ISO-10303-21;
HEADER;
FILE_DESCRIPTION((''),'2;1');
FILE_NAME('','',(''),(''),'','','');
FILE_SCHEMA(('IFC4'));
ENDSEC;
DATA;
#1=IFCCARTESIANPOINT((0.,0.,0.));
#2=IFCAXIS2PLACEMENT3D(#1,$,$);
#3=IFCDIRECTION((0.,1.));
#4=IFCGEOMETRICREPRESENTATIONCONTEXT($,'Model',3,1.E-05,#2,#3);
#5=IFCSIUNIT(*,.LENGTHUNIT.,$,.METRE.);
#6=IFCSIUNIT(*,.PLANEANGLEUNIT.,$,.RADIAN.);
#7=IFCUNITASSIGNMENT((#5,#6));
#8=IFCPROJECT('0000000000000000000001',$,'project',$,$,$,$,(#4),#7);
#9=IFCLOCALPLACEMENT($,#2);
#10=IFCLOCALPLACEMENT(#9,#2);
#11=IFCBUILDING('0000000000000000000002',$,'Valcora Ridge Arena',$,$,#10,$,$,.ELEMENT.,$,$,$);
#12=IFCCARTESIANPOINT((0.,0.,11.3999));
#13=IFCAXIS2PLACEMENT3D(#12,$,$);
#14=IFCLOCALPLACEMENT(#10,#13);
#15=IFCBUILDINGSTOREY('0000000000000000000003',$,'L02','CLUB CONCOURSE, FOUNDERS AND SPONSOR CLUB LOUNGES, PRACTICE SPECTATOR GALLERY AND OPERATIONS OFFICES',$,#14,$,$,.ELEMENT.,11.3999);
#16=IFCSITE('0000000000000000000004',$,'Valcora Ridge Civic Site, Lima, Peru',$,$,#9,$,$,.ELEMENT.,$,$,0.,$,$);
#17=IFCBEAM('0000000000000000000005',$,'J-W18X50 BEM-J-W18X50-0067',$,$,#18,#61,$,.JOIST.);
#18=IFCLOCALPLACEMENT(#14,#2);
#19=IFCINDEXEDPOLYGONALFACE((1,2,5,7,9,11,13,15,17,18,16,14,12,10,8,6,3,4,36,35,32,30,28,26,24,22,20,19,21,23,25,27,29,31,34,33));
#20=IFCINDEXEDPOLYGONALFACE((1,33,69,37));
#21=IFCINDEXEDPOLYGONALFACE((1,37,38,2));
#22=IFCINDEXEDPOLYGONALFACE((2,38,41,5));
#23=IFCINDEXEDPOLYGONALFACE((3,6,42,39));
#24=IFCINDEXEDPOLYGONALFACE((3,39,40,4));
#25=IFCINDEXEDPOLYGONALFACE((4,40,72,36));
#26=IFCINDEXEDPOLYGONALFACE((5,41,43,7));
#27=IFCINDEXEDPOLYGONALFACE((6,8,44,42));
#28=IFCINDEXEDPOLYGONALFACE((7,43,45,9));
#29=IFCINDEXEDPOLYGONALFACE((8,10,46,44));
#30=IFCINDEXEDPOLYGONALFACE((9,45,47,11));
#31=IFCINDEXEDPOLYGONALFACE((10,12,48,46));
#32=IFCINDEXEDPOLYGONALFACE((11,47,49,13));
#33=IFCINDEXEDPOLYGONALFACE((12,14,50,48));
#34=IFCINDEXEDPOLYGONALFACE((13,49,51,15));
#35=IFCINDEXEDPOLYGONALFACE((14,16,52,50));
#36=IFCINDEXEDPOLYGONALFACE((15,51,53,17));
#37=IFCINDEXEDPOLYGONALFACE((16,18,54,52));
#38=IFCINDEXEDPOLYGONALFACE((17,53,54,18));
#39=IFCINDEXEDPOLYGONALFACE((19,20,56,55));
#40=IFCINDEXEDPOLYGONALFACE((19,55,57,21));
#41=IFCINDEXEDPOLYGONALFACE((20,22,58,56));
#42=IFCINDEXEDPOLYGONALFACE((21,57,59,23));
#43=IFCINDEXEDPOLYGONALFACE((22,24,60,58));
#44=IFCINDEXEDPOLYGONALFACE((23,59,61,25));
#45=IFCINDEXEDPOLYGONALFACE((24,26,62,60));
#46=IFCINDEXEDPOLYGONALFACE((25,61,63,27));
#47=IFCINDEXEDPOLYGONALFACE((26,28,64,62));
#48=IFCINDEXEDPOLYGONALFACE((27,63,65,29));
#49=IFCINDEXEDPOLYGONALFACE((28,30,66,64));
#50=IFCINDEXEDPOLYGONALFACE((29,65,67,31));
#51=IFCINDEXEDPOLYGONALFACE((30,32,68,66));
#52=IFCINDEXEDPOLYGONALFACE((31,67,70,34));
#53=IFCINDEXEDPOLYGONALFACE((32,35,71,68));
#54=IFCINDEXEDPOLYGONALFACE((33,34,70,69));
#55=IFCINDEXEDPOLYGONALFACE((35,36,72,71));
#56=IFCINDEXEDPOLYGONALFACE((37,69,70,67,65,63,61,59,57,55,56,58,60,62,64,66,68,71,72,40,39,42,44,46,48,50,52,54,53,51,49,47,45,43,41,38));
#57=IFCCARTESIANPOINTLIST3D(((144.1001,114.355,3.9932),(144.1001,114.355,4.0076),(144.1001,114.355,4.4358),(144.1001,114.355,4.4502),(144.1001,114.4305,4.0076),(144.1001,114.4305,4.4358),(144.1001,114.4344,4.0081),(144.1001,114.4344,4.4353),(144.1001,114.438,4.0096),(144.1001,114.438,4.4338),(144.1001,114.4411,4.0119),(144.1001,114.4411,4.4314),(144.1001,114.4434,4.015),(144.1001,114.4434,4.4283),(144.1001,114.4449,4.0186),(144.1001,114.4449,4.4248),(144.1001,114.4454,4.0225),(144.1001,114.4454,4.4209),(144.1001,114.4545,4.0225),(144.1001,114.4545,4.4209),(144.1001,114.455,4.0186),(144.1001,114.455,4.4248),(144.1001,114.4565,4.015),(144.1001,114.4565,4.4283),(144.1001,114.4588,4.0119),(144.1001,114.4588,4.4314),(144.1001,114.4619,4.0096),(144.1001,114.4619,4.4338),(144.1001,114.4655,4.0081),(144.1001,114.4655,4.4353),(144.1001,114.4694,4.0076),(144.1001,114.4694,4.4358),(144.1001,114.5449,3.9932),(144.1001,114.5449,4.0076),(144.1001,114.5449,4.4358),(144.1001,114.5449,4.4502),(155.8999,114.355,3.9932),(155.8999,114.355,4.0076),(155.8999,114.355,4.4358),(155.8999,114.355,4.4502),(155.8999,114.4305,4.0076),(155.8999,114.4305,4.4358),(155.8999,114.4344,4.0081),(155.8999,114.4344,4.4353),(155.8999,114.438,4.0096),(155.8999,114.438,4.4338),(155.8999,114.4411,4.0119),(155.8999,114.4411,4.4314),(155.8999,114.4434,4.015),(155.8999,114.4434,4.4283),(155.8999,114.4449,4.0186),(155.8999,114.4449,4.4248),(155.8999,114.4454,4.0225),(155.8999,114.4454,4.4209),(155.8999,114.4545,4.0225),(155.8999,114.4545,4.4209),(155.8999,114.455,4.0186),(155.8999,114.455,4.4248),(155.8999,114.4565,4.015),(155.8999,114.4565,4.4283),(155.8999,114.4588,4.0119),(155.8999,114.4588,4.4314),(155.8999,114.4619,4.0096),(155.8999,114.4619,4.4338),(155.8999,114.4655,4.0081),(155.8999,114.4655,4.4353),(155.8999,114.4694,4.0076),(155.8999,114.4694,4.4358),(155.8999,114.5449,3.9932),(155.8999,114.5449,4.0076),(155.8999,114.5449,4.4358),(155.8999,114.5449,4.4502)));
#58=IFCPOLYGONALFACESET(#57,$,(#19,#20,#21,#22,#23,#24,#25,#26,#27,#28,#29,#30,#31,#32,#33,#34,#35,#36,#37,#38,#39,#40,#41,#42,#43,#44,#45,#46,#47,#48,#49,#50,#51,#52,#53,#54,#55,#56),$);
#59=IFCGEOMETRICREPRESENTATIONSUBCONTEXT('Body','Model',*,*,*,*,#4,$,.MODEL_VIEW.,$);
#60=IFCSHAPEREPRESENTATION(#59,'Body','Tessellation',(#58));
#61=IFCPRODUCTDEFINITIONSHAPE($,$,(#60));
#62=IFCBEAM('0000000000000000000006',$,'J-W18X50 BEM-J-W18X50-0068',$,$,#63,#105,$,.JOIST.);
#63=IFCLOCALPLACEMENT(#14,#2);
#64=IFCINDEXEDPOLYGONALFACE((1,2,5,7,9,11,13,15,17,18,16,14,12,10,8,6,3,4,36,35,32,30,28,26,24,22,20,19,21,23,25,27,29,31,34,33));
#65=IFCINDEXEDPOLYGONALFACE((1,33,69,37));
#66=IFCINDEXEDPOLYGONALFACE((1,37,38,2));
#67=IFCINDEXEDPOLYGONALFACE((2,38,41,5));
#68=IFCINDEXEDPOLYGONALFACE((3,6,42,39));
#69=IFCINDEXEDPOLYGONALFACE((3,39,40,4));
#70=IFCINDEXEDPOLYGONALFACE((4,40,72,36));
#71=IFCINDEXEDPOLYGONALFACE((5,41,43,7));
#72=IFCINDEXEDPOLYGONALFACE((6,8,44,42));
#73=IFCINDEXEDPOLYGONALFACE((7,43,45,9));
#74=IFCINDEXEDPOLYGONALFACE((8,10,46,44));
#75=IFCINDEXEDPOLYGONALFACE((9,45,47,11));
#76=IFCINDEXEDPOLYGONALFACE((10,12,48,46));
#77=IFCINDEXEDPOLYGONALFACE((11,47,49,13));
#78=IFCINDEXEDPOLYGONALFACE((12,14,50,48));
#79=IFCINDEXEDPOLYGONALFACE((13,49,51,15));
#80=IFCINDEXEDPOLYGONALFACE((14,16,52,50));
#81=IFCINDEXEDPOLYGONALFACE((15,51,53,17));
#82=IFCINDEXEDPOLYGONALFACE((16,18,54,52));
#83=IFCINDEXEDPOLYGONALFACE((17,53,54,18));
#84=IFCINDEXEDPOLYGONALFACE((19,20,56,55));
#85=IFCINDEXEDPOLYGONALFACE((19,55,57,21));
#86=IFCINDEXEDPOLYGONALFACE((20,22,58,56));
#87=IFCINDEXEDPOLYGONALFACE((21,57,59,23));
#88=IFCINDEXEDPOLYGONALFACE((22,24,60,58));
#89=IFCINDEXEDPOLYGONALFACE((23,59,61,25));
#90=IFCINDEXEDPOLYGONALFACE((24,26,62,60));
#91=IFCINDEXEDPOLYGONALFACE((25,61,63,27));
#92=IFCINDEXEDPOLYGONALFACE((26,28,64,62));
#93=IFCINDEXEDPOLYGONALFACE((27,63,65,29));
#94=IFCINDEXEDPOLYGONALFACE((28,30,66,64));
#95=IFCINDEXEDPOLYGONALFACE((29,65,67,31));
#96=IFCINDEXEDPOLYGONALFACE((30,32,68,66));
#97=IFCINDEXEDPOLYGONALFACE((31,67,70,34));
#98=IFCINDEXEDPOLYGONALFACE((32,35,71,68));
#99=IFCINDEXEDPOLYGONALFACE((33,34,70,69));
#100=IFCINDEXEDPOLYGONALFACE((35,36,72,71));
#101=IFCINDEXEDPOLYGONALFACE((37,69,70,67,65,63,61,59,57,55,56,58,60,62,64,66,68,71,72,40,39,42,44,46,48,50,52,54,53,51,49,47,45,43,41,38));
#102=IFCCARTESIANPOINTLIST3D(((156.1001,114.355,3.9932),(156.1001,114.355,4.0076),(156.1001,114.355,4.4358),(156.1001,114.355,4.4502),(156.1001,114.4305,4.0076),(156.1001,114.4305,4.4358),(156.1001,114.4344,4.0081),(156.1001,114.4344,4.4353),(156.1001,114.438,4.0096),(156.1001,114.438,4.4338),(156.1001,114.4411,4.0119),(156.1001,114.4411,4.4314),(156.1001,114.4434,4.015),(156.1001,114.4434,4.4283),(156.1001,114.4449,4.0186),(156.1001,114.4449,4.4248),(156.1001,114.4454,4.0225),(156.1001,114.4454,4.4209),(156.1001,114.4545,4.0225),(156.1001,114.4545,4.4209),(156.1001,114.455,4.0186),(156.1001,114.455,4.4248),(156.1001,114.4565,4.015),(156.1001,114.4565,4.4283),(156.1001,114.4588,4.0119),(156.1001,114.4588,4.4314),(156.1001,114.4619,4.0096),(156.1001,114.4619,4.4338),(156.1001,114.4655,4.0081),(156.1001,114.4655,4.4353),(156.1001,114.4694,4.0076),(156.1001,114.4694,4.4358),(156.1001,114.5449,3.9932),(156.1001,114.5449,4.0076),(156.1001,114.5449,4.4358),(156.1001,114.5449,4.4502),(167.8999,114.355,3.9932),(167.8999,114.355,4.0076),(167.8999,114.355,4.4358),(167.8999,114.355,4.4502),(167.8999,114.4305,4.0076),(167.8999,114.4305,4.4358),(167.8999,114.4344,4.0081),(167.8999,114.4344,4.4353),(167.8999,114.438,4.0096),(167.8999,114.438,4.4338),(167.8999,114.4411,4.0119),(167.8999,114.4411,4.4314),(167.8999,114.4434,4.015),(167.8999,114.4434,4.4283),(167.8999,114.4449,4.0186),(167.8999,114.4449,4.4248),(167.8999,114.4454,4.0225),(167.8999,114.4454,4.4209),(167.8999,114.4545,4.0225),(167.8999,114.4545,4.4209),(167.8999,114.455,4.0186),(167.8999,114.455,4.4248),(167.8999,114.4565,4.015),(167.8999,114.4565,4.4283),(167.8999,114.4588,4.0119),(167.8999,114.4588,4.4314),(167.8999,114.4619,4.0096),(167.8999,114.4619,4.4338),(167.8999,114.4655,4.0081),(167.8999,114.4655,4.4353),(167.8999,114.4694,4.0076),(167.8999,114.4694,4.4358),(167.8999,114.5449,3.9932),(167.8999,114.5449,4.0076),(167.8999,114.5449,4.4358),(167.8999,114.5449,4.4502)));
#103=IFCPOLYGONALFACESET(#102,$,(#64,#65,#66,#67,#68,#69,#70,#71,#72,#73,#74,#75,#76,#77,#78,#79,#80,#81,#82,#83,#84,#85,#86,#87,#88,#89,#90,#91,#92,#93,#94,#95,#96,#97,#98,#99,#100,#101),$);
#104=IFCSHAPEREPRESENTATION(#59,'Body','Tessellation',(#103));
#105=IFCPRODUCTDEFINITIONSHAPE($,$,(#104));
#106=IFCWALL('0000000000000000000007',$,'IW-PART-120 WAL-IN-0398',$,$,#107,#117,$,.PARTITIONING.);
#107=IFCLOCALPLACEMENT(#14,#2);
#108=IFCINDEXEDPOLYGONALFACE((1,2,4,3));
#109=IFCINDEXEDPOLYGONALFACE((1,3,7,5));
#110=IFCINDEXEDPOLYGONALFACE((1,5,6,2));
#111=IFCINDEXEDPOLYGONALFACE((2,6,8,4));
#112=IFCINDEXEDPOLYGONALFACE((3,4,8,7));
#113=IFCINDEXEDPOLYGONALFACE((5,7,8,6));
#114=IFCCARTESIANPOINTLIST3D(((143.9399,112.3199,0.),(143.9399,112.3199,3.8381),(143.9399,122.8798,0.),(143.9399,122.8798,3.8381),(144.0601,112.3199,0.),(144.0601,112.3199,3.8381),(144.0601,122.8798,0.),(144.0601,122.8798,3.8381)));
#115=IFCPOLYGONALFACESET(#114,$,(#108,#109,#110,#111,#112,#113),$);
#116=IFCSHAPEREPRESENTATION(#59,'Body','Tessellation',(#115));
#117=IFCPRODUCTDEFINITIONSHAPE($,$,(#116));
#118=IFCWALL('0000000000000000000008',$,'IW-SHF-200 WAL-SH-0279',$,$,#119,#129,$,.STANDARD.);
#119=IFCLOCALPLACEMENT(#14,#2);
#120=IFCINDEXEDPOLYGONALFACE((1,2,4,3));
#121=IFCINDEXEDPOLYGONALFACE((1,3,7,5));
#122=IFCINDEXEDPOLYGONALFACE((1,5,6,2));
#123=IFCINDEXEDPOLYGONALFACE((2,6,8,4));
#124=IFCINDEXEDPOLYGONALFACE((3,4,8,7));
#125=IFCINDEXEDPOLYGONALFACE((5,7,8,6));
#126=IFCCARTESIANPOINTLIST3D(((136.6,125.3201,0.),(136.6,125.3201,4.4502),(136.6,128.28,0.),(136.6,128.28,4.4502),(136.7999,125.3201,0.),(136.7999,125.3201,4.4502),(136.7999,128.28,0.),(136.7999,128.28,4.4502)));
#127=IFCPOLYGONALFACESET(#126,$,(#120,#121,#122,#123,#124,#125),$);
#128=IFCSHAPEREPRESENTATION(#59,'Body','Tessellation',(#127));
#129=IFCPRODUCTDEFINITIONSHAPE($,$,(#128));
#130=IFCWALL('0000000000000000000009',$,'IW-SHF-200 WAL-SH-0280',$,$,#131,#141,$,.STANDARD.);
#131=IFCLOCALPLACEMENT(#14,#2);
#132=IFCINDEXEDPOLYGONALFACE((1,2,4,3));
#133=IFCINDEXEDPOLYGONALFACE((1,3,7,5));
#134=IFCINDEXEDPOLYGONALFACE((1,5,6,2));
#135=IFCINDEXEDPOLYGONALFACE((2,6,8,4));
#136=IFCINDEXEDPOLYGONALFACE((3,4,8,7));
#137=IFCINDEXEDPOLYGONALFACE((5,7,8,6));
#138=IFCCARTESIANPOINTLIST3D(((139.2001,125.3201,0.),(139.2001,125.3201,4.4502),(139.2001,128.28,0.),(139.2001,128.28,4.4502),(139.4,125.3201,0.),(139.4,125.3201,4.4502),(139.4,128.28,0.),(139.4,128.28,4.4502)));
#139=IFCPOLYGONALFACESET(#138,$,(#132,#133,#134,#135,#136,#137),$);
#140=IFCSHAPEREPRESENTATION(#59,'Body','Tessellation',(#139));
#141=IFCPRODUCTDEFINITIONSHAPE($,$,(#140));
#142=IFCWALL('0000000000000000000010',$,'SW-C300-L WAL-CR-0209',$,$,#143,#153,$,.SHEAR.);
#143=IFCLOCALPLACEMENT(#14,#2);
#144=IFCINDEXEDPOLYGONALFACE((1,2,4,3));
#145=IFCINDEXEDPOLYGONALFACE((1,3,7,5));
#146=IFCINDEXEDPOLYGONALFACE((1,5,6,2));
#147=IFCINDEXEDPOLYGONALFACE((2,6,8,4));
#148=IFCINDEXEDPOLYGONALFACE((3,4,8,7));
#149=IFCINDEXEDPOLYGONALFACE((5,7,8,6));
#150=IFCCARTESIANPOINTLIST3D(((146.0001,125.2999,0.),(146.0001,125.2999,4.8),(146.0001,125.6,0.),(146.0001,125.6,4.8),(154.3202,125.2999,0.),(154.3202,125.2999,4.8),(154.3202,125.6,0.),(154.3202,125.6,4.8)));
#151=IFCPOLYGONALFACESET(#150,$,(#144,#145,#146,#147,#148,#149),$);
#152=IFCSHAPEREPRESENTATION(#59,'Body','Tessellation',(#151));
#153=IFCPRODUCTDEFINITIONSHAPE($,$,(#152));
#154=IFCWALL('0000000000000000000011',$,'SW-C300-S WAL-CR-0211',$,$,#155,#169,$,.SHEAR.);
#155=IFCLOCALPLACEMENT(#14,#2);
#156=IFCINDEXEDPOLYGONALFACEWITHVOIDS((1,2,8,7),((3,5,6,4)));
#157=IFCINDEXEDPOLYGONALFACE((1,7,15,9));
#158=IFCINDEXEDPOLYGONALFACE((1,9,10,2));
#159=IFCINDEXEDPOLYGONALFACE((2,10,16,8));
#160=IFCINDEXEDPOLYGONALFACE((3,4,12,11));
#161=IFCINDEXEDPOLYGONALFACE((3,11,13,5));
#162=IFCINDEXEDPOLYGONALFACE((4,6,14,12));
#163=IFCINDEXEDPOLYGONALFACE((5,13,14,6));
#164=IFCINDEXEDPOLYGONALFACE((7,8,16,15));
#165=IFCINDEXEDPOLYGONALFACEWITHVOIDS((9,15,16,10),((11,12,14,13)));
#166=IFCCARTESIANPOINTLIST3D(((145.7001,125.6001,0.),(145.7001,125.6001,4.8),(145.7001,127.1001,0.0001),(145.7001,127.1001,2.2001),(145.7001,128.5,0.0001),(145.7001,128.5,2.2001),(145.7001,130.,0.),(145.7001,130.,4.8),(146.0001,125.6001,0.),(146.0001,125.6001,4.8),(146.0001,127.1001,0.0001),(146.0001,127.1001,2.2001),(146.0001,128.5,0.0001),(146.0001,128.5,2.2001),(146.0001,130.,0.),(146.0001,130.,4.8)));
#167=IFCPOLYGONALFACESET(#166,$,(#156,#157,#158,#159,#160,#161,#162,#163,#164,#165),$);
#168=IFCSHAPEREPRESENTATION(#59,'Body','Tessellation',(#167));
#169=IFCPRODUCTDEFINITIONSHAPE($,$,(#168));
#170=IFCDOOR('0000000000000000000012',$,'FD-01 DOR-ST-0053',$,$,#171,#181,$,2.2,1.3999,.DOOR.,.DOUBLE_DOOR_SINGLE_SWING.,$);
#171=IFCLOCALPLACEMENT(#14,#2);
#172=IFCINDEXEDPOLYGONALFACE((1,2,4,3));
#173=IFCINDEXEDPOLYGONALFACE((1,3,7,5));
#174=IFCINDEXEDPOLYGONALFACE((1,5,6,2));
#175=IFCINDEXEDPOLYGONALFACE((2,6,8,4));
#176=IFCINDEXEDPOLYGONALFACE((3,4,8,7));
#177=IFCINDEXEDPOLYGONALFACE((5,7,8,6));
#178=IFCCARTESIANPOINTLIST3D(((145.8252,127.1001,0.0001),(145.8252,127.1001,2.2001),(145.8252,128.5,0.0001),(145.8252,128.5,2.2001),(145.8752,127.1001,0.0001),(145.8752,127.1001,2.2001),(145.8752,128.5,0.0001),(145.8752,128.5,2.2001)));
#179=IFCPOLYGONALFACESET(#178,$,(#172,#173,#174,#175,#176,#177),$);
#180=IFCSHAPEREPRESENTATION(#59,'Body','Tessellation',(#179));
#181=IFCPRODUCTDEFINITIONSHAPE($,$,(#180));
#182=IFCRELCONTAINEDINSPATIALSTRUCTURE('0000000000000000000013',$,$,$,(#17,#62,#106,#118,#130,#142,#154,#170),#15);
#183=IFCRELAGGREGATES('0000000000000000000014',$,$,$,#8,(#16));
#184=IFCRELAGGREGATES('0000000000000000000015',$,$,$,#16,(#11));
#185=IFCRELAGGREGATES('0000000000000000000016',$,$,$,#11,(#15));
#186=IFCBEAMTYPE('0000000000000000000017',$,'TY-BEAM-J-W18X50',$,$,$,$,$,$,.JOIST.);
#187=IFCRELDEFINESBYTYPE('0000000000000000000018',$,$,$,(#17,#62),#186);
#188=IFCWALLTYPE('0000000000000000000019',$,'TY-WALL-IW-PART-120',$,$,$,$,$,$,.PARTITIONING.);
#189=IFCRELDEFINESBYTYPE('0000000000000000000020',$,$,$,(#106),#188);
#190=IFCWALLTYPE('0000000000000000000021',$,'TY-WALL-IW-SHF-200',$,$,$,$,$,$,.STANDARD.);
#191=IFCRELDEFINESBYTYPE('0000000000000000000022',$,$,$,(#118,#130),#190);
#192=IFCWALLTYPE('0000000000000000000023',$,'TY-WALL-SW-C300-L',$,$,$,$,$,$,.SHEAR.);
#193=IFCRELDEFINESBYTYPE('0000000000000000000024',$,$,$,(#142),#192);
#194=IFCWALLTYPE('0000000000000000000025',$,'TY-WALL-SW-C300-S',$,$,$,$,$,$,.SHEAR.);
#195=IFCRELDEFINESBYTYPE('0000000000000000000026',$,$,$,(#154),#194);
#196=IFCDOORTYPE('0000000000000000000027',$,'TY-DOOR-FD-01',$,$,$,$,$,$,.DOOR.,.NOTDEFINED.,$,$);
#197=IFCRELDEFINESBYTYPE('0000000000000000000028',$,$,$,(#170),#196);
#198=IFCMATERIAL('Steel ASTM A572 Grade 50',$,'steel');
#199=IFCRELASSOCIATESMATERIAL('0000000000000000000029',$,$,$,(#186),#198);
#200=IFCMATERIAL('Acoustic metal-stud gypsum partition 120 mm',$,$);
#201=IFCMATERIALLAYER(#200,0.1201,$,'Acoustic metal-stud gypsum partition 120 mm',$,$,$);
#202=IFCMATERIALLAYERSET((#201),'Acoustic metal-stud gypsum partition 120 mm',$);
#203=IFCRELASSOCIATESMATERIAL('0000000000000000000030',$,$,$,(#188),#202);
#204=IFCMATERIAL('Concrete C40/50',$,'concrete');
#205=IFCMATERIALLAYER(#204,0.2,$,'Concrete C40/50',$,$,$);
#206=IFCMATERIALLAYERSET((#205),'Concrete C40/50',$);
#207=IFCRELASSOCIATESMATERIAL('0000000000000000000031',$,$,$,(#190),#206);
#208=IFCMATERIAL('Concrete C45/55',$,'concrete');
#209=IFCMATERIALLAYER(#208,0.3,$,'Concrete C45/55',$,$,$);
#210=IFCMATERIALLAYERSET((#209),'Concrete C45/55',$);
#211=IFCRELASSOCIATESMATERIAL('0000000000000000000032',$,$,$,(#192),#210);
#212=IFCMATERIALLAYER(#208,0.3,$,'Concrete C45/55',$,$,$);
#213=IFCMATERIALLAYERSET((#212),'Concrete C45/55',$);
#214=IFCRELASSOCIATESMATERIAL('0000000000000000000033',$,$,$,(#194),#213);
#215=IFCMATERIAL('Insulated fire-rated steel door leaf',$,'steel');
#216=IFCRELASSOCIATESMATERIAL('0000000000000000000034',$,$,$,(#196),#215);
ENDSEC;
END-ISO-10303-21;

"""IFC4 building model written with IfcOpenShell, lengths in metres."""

from ifc_helpers import new_model, si_unit, direction, frame, frame_2d, origin, origin_2d, place, context, subcontext, project, spatial, rectangle, i_section, extrude, material, layer, layer_set, material_profile, profile_set, type_object, element, fill, save


model = new_model("IFC4")

# Units and contexts
model_context = context("Model", 3, precision=1e-05, world=origin(), true_north=direction((0.0, 1.0)))
body_context = subcontext(model_context, "Body", "Model", "MODEL_VIEW")
ifc_project = project(units=[si_unit("LENGTHUNIT", "METRE"), si_unit("PLANEANGLEUNIT", "RADIAN")], contexts=[model_context])

# Site, building, storey
site_placement = place(None, origin())
site = spatial("IfcSite", under=ifc_project, at=site_placement, Name="Valcora Ridge Civic Site, Lima, Peru", CompositionType="ELEMENT", RefElevation=0.0)
building_placement = place(site_placement, origin())
building = spatial("IfcBuilding", under=site, at=building_placement, Name="Valcora Ridge Arena", CompositionType="ELEMENT")
storey_placement = place(building_placement, frame((0.0, 0.0, 11.3999)))
storey = spatial("IfcBuildingStorey", under=building, at=storey_placement, Name="L02", Description="CLUB CONCOURSE, FOUNDERS AND SPONSOR CLUB LOUNGES, PRACTICE SPECTATOR GALLERY AND OPERATIONS OFFICES", CompositionType="ELEMENT", Elevation=11.3999)

# Shared definitions
ifc_material_1 = material(Name="Concrete C40/50", Category="concrete")

# Beams
ifc_material_2 = material(Name="Steel ASTM A572 Grade 50", Category="steel")
ifc_material_profile_1 = material_profile(ifc_material_2, i_section(OverallWidth=0.1899, OverallDepth=0.457, WebThickness=0.009, FlangeThickness=0.0144, FilletRadius=0.0149, at=origin_2d()), Name="W18X50")
ifc_profile_set_1 = profile_set([ifc_material_profile_1], Name="Steel ASTM A572 Grade 50")
beam_type_1 = type_object("IfcBeamType", Name="TY-BEAM-J-W18X50", PredefinedType="JOIST", material=ifc_profile_set_1)
for number, where, z_axis, x_axis, name in (
    (1, (144.1001, 114.45, 4.2217), (1.0, 0.0, 0.0), (0.0, 1.0, 0.0), "J-W18X50 BEM-J-W18X50-0067"),
    (2, (156.1001, 114.45, 4.2217), (1.0, 0.0, 0.0), (0.0, 1.0, 0.0), "J-W18X50 BEM-J-W18X50-0068"),
):
    element("IfcBeam", number, at=place(storey_placement, frame(where, z_axis=z_axis, x_axis=x_axis)), inside=storey, type_object=beam_type_1, Name=name, PredefinedType="JOIST", context=body_context, shape_type="SweptSolid", body=[
        extrude(i_section(OverallWidth=0.1899, OverallDepth=0.457, WebThickness=0.009, FlangeThickness=0.0144, FilletRadius=0.0149, at=origin_2d()), origin(), (0.0, 0.0, 1.0), 11.7998),
    ])

# Wall
ifc_material_3 = material(Name="Acoustic metal-stud gypsum partition 120 mm")
ifc_layer_1 = layer(ifc_material_3, 0.1201, Name="Acoustic metal-stud gypsum partition 120 mm")
ifc_layer_set_1 = layer_set([ifc_layer_1], Name="Acoustic metal-stud gypsum partition 120 mm")
wall_type_1 = type_object("IfcWallType", Name="TY-WALL-IW-PART-120", PredefinedType="PARTITIONING", material=ifc_layer_set_1)
wall_1_placement = place(storey_placement, frame((144.0, 112.3201, 0.0), z_axis=(0.0, 0.0, 1.0), x_axis=(0.0, 1.0, 0.0)))
element("IfcWall", 3, at=wall_1_placement, inside=storey, type_object=wall_type_1, Name="IW-PART-120 WAL-IN-0398", PredefinedType="PARTITIONING", context=body_context, shape_type="SweptSolid", body=[
    extrude(rectangle(XDim=10.5598, YDim=0.1201, at=frame_2d((5.2798, 0.0))), origin(), (0.0, 0.0, 1.0), 3.8381),
])

# Shared definitions
ifc_layer_2 = layer(ifc_material_1, 0.2, Name="Concrete C40/50")
ifc_layer_set_2 = layer_set([ifc_layer_2], Name="Concrete C40/50")
wall_type_2 = type_object("IfcWallType", Name="TY-WALL-IW-SHF-200", PredefinedType="STANDARD", material=ifc_layer_set_2)

# Walls
for number, where, z_axis, x_axis, name in (
    (4, (136.7, 125.3201, 0.0), (0.0, 0.0, 1.0), (0.0, 1.0, 0.0), "IW-SHF-200 WAL-SH-0279"),
    (5, (139.3, 125.3201, 0.0), (0.0, 0.0, 1.0), (0.0, 1.0, 0.0), "IW-SHF-200 WAL-SH-0280"),
):
    element("IfcWall", number, at=place(storey_placement, frame(where, z_axis=z_axis, x_axis=x_axis)), inside=storey, type_object=wall_type_2, Name=name, PredefinedType="STANDARD", context=body_context, shape_type="SweptSolid", body=[
        extrude(rectangle(XDim=2.96, YDim=0.2, at=frame_2d((1.48, 0.0))), origin(), (0.0, 0.0, 1.0), 4.4502),
    ])
ifc_material_4 = material(Name="Concrete C45/55", Category="concrete")
ifc_layer_3 = layer(ifc_material_4, 0.3, Name="Concrete C45/55")
ifc_layer_set_3 = layer_set([ifc_layer_3], Name="Concrete C45/55")
wall_type_3 = type_object("IfcWallType", Name="TY-WALL-SW-C300-L", PredefinedType="SHEAR", material=ifc_layer_set_3)
wall_2_placement = place(storey_placement, frame((146.0, 125.45, 0.0), z_axis=(0.0, 0.0, 1.0), x_axis=(1.0, 0.0, 0.0)))
element("IfcWall", 6, at=wall_2_placement, inside=storey, type_object=wall_type_3, Name="SW-C300-L WAL-CR-0209", PredefinedType="SHEAR", context=body_context, shape_type="SweptSolid", body=[
    extrude(rectangle(XDim=8.3201, YDim=0.3, at=frame_2d((4.1602, 0.0))), origin(), (0.0, 0.0, 1.0), 4.8),
])

# Wall, opening, door
ifc_layer_4 = layer(ifc_material_4, 0.3, Name="Concrete C45/55")
ifc_layer_set_4 = layer_set([ifc_layer_4], Name="Concrete C45/55")
wall_type_4 = type_object("IfcWallType", Name="TY-WALL-SW-C300-S", PredefinedType="SHEAR", material=ifc_layer_set_4)
wall_3_placement = place(storey_placement, frame((145.8501, 125.6001, 0.0), z_axis=(0.0, 0.0, 1.0), x_axis=(0.0, 1.0, 0.0)))
wall_3 = element("IfcWall", 7, at=wall_3_placement, inside=storey, type_object=wall_type_4, Name="SW-C300-S WAL-CR-0211", PredefinedType="SHEAR", context=body_context, shape_type="SweptSolid", body=[
    extrude(rectangle(XDim=4.3999, YDim=0.3, at=frame_2d((2.2, 0.0))), origin(), (0.0, 0.0, 1.0), 4.8),
])
opening_1_placement = place(wall_3_placement, frame((1.5, 0.0, 0.0)))
opening_1 = element("IfcOpeningElement", 8, at=opening_1_placement, cuts=wall_3, PredefinedType="OPENING", context=body_context, shape_type="SweptSolid", body=[
    extrude(rectangle(XDim=1.3999, YDim=2.2, at=frame_2d((0.7, 1.1001))), frame((0.0, 0.1599, 0.0), z_axis=(0.0, -1.0, 0.0), x_axis=(1.0, 0.0, 0.0)), (0.0, 0.0, 1.0), 0.3201),
])
ifc_material_5 = material(Name="Insulated fire-rated steel door leaf", Category="steel")
door_type_1 = type_object("IfcDoorType", Name="TY-DOOR-FD-01", OperationType="NOTDEFINED", PredefinedType="DOOR", material=ifc_material_5)
door_1_placement = place(opening_1_placement, origin())
door_1 = element("IfcDoor", 9, at=door_1_placement, inside=storey, type_object=door_type_1, Name="FD-01 DOR-ST-0053", OperationType="DOUBLE_DOOR_SINGLE_SWING", OverallHeight=2.2, OverallWidth=1.3999, PredefinedType="DOOR", context=body_context, shape_type="SweptSolid", body=[
    extrude(rectangle(XDim=1.3999, YDim=2.2, at=frame_2d((0.7, 1.1001))), frame((0.0, 0.0249, 0.0), z_axis=(0.0, -1.0, 0.0), x_axis=(1.0, 0.0, 0.0)), (0.0, 0.0, 1.0), 0.05),
])
fill(opening_1, door_1)

save(model, "model.ifc")
